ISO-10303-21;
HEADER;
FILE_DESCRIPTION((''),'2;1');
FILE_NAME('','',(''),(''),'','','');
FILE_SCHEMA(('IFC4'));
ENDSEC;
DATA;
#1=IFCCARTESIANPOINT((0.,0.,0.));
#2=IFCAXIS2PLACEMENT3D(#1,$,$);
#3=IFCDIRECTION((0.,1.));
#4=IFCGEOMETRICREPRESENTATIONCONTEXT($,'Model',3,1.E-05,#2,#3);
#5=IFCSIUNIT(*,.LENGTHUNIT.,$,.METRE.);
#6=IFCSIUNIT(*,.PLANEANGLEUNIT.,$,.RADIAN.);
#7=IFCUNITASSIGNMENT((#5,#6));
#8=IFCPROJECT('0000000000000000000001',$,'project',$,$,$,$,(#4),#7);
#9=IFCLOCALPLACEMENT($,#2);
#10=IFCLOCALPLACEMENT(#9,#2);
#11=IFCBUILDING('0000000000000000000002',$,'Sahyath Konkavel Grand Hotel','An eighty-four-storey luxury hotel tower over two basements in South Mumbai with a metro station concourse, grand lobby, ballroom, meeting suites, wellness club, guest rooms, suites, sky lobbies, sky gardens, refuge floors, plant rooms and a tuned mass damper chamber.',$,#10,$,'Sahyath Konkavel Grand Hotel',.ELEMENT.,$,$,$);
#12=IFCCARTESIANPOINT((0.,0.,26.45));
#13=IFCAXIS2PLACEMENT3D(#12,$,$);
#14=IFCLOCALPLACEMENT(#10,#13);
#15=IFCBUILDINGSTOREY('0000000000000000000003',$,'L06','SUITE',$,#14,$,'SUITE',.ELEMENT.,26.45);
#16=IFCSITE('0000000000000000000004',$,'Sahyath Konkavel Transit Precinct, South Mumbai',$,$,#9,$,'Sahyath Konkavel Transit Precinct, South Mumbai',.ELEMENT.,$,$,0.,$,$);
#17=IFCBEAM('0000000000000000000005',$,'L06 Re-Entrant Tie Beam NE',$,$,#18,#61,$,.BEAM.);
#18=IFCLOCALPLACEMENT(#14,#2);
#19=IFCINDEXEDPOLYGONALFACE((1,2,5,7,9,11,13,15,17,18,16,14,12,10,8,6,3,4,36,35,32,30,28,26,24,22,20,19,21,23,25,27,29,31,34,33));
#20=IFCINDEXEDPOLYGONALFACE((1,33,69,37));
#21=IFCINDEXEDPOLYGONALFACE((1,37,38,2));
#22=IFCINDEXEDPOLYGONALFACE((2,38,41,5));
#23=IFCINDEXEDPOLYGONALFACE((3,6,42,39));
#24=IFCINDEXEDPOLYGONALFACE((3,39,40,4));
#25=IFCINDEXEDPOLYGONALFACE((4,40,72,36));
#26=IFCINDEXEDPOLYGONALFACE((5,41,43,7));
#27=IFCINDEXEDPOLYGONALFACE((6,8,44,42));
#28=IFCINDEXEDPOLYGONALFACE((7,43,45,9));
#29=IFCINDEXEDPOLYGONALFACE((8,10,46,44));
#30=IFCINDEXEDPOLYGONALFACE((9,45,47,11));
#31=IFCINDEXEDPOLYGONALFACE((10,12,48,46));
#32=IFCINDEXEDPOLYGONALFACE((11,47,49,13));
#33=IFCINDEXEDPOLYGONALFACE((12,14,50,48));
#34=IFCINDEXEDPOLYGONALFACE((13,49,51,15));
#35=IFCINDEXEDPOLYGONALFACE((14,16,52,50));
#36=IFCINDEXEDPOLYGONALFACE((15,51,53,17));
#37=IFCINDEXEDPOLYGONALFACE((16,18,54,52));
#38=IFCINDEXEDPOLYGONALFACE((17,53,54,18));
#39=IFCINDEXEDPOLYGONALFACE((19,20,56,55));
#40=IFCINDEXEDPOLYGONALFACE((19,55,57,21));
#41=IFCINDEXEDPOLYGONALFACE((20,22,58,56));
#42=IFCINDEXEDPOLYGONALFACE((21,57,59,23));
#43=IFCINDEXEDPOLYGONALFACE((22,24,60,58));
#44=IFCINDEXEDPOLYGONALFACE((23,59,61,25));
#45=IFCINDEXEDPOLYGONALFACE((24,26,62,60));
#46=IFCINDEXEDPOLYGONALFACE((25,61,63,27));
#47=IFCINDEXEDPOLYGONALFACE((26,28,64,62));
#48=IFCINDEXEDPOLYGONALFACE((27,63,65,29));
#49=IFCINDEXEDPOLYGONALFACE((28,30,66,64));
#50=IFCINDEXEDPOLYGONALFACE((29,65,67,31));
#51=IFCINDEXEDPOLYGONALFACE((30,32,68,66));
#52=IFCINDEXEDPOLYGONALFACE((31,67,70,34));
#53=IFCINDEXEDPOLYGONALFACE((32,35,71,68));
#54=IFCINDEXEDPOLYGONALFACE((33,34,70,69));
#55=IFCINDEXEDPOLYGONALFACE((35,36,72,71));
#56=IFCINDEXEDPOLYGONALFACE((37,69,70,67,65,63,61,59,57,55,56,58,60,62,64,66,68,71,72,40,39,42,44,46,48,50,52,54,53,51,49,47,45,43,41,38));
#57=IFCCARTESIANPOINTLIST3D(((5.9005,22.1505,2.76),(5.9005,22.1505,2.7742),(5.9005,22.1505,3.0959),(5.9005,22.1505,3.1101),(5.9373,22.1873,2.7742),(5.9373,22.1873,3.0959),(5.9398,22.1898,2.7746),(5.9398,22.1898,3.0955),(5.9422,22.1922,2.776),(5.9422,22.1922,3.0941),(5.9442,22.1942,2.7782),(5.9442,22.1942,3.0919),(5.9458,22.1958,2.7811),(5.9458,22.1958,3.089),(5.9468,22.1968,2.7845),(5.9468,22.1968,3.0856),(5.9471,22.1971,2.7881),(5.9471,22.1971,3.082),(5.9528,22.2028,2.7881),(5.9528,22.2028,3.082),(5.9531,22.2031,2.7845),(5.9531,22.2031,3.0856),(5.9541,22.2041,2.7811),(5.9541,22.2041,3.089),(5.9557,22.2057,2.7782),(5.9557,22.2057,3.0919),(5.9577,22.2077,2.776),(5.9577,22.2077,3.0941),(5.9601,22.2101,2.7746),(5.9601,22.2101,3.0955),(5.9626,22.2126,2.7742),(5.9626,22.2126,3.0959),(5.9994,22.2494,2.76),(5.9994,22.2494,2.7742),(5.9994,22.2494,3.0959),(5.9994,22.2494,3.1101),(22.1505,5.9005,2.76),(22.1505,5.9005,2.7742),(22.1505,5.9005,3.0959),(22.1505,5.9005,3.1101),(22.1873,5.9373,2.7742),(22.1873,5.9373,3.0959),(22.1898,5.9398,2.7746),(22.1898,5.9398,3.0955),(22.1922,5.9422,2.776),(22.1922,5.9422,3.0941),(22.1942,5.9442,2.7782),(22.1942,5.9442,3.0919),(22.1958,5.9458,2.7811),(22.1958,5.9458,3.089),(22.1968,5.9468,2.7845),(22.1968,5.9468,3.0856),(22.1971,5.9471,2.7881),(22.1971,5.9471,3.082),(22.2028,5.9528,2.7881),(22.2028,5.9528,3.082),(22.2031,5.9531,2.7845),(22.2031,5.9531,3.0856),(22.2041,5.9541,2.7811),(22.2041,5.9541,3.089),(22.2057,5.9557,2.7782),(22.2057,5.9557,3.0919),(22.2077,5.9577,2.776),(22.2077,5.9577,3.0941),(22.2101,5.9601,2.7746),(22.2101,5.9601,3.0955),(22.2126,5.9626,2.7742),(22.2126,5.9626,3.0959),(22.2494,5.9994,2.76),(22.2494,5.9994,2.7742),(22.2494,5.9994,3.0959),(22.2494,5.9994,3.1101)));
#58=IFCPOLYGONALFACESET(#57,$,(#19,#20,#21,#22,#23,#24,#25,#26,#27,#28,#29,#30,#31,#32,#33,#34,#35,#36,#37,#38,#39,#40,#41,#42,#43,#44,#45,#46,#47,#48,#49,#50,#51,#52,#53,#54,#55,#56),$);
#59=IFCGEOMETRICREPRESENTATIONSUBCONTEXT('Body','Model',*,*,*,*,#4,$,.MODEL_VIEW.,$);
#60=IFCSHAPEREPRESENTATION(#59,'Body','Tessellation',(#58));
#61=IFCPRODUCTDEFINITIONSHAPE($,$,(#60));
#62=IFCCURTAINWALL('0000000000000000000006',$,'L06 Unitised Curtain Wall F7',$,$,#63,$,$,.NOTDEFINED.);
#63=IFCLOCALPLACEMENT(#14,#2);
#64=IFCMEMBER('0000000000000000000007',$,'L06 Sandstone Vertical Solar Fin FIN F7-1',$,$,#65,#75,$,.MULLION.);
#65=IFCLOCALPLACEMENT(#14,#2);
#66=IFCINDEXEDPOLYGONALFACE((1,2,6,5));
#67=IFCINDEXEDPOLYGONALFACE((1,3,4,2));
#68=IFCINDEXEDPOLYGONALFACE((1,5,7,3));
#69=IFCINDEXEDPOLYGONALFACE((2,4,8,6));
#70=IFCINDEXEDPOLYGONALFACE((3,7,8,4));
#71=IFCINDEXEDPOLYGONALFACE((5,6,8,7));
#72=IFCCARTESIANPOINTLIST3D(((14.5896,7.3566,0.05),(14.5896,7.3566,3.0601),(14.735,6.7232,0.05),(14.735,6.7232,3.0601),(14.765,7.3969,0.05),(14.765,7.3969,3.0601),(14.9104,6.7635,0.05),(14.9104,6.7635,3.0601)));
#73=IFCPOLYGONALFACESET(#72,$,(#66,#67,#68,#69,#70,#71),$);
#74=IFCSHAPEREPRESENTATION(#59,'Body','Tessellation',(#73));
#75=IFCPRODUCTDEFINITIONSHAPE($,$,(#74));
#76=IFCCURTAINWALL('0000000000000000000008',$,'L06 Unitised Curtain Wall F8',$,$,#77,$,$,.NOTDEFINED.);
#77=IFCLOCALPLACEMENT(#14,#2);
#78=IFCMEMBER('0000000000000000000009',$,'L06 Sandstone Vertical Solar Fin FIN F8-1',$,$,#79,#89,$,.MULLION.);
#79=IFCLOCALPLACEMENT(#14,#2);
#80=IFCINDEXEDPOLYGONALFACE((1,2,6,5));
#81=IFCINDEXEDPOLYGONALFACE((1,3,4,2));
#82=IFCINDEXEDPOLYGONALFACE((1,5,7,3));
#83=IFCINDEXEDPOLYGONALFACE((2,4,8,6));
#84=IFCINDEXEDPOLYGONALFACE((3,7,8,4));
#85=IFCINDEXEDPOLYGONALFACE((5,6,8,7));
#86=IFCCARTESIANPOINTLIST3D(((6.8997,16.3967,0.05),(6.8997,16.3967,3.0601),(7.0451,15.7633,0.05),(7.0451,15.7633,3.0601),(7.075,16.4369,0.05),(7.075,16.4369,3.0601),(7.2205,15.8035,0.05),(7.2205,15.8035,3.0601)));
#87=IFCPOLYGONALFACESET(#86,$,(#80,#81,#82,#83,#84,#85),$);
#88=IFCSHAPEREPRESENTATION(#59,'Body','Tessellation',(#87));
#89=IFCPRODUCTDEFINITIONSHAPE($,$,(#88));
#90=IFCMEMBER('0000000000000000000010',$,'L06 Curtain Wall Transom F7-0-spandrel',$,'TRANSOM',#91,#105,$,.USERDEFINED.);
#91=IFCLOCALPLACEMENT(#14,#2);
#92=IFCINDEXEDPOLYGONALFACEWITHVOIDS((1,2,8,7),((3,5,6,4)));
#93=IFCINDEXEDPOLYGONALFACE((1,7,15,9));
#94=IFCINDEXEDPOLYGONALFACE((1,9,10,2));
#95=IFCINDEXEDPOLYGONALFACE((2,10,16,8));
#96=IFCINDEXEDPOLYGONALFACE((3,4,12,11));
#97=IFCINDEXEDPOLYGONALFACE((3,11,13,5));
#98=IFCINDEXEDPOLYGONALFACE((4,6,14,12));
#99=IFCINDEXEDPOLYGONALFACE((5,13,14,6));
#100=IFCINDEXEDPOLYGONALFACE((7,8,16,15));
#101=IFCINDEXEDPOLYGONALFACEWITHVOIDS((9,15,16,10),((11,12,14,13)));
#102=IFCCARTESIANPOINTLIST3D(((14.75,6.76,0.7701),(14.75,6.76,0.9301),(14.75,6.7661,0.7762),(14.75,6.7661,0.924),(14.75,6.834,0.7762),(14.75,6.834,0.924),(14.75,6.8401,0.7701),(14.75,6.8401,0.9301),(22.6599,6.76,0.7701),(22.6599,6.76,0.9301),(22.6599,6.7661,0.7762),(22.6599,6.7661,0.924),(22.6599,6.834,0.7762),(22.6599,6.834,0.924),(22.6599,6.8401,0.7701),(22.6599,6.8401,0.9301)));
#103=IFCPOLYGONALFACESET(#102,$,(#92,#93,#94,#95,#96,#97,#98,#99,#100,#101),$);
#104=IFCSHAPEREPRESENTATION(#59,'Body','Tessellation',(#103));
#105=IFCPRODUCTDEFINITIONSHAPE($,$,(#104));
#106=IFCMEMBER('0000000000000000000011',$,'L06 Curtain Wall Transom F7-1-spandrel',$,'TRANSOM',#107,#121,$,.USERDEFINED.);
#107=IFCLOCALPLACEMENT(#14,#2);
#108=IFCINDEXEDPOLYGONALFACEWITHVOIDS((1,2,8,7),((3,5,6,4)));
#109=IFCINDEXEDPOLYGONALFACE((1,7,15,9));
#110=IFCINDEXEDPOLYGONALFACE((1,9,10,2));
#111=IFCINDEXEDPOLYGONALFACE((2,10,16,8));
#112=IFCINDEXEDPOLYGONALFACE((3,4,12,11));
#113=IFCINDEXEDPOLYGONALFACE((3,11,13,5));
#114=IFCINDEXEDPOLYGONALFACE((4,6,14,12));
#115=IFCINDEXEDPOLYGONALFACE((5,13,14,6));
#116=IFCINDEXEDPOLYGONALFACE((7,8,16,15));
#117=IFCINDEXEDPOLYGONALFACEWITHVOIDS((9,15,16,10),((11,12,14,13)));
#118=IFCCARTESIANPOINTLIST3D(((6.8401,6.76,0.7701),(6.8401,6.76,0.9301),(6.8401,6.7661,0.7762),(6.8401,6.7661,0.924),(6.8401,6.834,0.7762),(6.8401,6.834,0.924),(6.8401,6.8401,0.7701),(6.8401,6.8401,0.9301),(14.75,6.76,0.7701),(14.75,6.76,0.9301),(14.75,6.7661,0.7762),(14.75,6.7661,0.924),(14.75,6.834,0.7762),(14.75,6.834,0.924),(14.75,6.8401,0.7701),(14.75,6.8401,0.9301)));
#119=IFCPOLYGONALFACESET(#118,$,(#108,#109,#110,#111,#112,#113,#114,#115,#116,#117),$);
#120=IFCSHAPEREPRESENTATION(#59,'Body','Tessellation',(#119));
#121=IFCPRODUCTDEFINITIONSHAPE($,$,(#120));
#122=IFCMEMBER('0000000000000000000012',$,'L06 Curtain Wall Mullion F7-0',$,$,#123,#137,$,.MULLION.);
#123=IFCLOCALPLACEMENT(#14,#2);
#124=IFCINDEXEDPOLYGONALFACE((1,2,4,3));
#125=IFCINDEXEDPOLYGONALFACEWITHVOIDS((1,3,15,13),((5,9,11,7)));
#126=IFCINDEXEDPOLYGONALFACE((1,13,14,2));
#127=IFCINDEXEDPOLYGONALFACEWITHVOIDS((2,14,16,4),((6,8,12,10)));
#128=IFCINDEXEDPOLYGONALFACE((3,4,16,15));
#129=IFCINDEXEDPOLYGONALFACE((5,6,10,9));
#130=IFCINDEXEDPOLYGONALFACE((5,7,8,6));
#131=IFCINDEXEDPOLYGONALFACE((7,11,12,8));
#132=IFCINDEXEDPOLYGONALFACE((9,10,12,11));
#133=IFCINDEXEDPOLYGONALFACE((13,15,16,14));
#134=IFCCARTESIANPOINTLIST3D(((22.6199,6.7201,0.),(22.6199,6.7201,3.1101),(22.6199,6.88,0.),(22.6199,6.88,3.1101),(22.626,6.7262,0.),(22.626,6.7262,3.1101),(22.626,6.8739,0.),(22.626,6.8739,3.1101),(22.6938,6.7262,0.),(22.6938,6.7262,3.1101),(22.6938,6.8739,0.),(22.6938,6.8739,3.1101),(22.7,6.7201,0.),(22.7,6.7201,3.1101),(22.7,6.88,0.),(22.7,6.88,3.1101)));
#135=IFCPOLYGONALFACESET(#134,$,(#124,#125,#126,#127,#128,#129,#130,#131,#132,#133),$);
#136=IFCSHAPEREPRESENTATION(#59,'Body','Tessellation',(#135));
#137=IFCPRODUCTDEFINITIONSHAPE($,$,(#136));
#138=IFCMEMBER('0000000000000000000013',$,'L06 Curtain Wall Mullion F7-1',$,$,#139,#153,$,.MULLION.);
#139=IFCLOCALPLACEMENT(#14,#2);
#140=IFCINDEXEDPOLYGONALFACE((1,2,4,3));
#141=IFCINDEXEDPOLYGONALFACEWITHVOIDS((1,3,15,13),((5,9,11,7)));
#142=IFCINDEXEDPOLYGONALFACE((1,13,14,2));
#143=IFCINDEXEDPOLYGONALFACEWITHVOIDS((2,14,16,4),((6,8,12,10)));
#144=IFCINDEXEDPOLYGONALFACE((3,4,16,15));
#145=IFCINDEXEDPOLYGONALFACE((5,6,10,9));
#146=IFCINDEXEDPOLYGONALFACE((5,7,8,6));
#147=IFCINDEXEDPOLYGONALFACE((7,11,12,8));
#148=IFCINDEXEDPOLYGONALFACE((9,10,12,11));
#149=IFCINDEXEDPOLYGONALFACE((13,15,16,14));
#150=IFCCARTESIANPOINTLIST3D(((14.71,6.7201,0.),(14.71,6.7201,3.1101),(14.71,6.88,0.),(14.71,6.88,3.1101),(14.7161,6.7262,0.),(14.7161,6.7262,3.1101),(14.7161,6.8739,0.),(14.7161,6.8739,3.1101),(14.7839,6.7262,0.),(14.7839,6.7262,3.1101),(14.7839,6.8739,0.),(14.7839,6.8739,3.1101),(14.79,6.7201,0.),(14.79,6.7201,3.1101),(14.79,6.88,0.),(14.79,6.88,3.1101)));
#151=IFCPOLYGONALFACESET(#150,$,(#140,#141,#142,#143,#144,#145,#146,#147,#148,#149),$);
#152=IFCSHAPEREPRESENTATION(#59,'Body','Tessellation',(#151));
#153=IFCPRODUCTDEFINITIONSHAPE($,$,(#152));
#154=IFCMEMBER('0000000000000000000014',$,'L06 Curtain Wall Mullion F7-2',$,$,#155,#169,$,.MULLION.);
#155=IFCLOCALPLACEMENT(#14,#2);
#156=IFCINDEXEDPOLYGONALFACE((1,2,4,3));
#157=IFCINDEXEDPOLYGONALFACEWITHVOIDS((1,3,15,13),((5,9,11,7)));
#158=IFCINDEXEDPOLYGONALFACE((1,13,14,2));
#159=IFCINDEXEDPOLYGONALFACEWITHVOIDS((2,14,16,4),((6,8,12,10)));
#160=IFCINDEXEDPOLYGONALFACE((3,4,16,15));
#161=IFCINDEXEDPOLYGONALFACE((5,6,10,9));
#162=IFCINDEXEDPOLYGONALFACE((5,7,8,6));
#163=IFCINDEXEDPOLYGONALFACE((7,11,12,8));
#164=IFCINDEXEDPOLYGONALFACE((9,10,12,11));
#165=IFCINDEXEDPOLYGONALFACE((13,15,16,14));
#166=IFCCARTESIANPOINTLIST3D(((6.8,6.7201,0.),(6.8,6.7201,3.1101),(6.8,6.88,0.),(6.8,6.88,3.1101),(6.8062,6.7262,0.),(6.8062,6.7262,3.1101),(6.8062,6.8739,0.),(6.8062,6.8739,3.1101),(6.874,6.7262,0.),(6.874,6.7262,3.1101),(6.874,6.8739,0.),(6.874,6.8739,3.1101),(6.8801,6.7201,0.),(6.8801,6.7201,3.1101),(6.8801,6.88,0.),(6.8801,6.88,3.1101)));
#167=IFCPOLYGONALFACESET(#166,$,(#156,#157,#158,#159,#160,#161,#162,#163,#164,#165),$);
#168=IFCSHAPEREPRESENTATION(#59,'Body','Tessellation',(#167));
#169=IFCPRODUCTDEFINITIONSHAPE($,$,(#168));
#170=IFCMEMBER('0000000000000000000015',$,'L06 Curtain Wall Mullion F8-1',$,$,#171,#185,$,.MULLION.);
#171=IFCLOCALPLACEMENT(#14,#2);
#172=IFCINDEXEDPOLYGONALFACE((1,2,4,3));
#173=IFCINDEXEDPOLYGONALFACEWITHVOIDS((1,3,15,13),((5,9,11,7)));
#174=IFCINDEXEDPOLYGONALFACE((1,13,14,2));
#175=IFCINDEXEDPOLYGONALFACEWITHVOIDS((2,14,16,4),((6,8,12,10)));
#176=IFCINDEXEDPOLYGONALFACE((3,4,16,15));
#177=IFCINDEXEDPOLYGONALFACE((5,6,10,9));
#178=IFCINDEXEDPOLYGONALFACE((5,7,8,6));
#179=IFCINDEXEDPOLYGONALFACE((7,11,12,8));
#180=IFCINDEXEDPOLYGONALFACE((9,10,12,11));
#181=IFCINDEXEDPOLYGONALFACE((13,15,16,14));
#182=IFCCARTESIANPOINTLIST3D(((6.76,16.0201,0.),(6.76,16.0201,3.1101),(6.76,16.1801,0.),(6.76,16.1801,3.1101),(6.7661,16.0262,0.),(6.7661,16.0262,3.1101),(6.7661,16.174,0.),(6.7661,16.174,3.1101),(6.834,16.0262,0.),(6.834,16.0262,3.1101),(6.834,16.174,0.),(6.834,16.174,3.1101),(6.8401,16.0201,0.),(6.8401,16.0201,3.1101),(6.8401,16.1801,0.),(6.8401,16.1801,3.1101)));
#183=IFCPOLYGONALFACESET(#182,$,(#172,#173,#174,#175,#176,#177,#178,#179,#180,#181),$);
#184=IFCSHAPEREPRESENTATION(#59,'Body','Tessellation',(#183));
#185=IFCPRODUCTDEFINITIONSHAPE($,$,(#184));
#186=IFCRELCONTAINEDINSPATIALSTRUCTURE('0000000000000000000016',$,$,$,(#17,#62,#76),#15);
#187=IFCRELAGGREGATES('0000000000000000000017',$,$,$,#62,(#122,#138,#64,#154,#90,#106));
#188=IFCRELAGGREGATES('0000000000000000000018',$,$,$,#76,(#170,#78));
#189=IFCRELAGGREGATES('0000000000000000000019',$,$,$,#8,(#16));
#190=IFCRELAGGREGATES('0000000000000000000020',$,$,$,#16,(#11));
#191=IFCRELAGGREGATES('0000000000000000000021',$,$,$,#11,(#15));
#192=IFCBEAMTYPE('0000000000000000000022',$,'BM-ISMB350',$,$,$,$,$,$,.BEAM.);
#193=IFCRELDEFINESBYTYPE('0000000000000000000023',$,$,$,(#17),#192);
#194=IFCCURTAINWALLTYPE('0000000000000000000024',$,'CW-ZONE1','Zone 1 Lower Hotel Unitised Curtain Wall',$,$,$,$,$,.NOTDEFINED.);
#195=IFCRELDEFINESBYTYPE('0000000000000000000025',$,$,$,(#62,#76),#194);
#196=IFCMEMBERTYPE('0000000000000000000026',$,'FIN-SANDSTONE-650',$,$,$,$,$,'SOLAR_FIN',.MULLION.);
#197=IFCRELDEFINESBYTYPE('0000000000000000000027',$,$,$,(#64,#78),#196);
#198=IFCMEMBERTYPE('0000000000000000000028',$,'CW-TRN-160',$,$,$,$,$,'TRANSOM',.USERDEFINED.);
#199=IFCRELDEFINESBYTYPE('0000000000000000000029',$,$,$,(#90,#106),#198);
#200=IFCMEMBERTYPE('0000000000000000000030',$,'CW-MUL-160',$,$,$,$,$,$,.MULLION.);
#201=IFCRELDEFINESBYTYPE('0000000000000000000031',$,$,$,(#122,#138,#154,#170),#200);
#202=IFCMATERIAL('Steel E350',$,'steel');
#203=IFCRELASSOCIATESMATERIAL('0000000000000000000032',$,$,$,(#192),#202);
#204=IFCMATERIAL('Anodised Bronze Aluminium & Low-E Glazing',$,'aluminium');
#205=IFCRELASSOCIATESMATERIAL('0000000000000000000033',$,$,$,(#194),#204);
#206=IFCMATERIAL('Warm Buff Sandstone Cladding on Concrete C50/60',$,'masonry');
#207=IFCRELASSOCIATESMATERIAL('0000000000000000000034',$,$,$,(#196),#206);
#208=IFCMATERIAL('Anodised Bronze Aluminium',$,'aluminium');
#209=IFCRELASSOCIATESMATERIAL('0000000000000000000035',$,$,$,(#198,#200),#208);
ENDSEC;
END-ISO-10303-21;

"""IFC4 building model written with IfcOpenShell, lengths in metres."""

from ifc_helpers import new_model, si_unit, direction, frame, origin, origin_2d, place, context, subcontext, project, spatial, rectangle, hollow_rectangle, i_section, extrude, source, transform, mapped, material, material_profile, profile_set, type_object, element, aggregate, save


model = new_model("IFC4")

# Units and contexts
model_context = context("Model", 3, precision=1e-05, world=origin(), true_north=direction((0.0, 1.0)))
body_context = subcontext(model_context, "Body", "Model", "MODEL_VIEW")
ifc_project = project(units=[si_unit("LENGTHUNIT", "METRE"), si_unit("PLANEANGLEUNIT", "RADIAN")], contexts=[model_context])

# Site, building, storey
site_placement = place(None, origin())
site = spatial("IfcSite", under=ifc_project, at=site_placement, Name="Sahyath Konkavel Transit Precinct, South Mumbai", LongName="Sahyath Konkavel Transit Precinct, South Mumbai", CompositionType="ELEMENT", RefElevation=0.0)
building_placement = place(site_placement, origin())
building = spatial("IfcBuilding", under=site, at=building_placement, Name="Sahyath Konkavel Grand Hotel", Description="An eighty-four-storey luxury hotel tower over two basements in South Mumbai with a metro station concourse, grand lobby, ballroom, meeting suites, wellness club, guest rooms, suites, sky lobbies, sky gardens, refuge floors, plant rooms and a tuned mass damper chamber.", LongName="Sahyath Konkavel Grand Hotel", CompositionType="ELEMENT")
storey_placement = place(building_placement, frame((0.0, 0.0, 26.45)))
storey = spatial("IfcBuildingStorey", under=building, at=storey_placement, Name="L06", Description="SUITE", LongName="SUITE", CompositionType="ELEMENT", Elevation=26.45)

# Beam
ifc_material_1 = material(Name="Steel E350", Category="steel")
ifc_material_profile_1 = material_profile(ifc_material_1, i_section(OverallWidth=0.1399, OverallDepth=0.3501, WebThickness=0.0081, FlangeThickness=0.0142, FilletRadius=0.0139, at=origin_2d()), Name="ISMB 350")
ifc_profile_set_1 = profile_set([ifc_material_profile_1], Name="Steel E350")
beam_type = type_object("IfcBeamType", Name="BM-ISMB350", PredefinedType="BEAM", material=ifc_profile_set_1)
shared_shape_1 = source(origin(), body_context, "Body", "SweptSolid", [
    extrude(i_section(OverallWidth=0.1399, OverallDepth=0.3501, WebThickness=0.0081, FlangeThickness=0.0142, FilletRadius=0.0139, at=origin_2d()), origin(), (0.0, 0.0, 1.0), 22.981),
])
beam_placement = place(storey_placement, frame((22.2, 5.95, 2.9351), z_axis=(-0.707107, 0.707107, 0.0), x_axis=(-0.707107, -0.707107, 0.0)))
element("IfcBeam", 1, at=beam_placement, inside=storey, type_object=beam_type, Name="L06 Re-Entrant Tie Beam NE", PredefinedType="BEAM", context=body_context, shape_type="MappedRepresentation", body=[
    mapped(shared_shape_1, transform((0.0, 0.0, 0.0), scale=1.0)),
])

# Curtain walls, members
ifc_material_2 = material(Name="Anodised Bronze Aluminium & Low-E Glazing", Category="aluminium")
curtain_wall_type = type_object("IfcCurtainWallType", Name="CW-ZONE1", Description="Zone 1 Lower Hotel Unitised Curtain Wall", PredefinedType="NOTDEFINED", material=ifc_material_2)
curtain_wall_1_placement = place(storey_placement, origin())
curtain_wall_1 = element("IfcCurtainWall", 2, at=curtain_wall_1_placement, inside=storey, type_object=curtain_wall_type, Name="L06 Unitised Curtain Wall F7", PredefinedType="NOTDEFINED")
ifc_material_3 = material(Name="Warm Buff Sandstone Cladding on Concrete C50/60", Category="masonry")
ifc_material_profile_2 = material_profile(ifc_material_3, rectangle(XDim=0.1799, YDim=0.6499, at=origin_2d()), Name="FIN 180x650")
ifc_profile_set_2 = profile_set([ifc_material_profile_2], Name="Warm Buff Sandstone Cladding on Concrete C50/60")
member_type_1 = type_object("IfcMemberType", Name="FIN-SANDSTONE-650", ElementType="SOLAR_FIN", PredefinedType="MULLION", material=ifc_profile_set_2)
shared_shape_2 = source(origin(), body_context, "Body", "SweptSolid", [
    extrude(rectangle(XDim=0.1799, YDim=0.6499, at=origin_2d()), origin(), (0.0, 0.0, 1.0), 3.01),
])
member_1_placement = place(storey_placement, frame((14.75, 7.0601, 0.05), z_axis=(0.0, 0.0, 1.0), x_axis=(0.974644, 0.22376, 0.0)))
member_1 = element("IfcMember", 3, at=member_1_placement, type_object=member_type_1, Name="L06 Sandstone Vertical Solar Fin FIN F7-1", PredefinedType="MULLION", context=body_context, shape_type="MappedRepresentation", body=[
    mapped(shared_shape_2, transform((0.0, 0.0, 0.0), scale=1.0)),
])
curtain_wall_2_placement = place(storey_placement, origin())
curtain_wall_2 = element("IfcCurtainWall", 4, at=curtain_wall_2_placement, inside=storey, type_object=curtain_wall_type, Name="L06 Unitised Curtain Wall F8", PredefinedType="NOTDEFINED")
member_2_placement = place(storey_placement, frame((7.0601, 16.1001, 0.05), z_axis=(0.0, 0.0, 1.0), x_axis=(0.974644, 0.22376, 0.0)))
member_2 = element("IfcMember", 5, at=member_2_placement, type_object=member_type_1, Name="L06 Sandstone Vertical Solar Fin FIN F8-1", PredefinedType="MULLION", context=body_context, shape_type="MappedRepresentation", body=[
    mapped(shared_shape_2, transform((0.0, 0.0, 0.0), scale=1.0)),
])

# Members
ifc_material_4 = material(Name="Anodised Bronze Aluminium", Category="aluminium")
ifc_material_profile_3 = material_profile(ifc_material_4, hollow_rectangle(XDim=0.0801, YDim=0.1599, WallThickness=0.0061, at=origin_2d()), Name="RHS 160x80x6")
ifc_profile_set_3 = profile_set([ifc_material_profile_3], Name="Anodised Bronze Aluminium")
member_type_2 = type_object("IfcMemberType", Name="CW-TRN-160", ElementType="TRANSOM", PredefinedType="USERDEFINED", material=ifc_profile_set_3)
shared_shape_3 = source(origin(), body_context, "Body", "SweptSolid", [
    extrude(hollow_rectangle(XDim=0.0801, YDim=0.1599, WallThickness=0.0061, at=origin_2d()), origin(), (0.0, 0.0, 1.0), 7.9099),
])
member_3_placement = place(storey_placement, frame((22.6599, 6.8, 0.8501), z_axis=(-1.0, 0.0, 0.0), x_axis=(0.0, -1.0, 0.0)))
member_3 = element("IfcMember", 6, at=member_3_placement, type_object=member_type_2, Name="L06 Curtain Wall Transom F7-0-spandrel", ObjectType="TRANSOM", PredefinedType="USERDEFINED", context=body_context, shape_type="MappedRepresentation", body=[
    mapped(shared_shape_3, transform((0.0, 0.0, 0.0), scale=1.0)),
])
member_4_placement = place(storey_placement, frame((14.75, 6.8, 0.8501), z_axis=(-1.0, 0.0, 0.0), x_axis=(0.0, -1.0, 0.0)))
member_4 = element("IfcMember", 7, at=member_4_placement, type_object=member_type_2, Name="L06 Curtain Wall Transom F7-1-spandrel", ObjectType="TRANSOM", PredefinedType="USERDEFINED", context=body_context, shape_type="MappedRepresentation", body=[
    mapped(shared_shape_3, transform((0.0, 0.0, 0.0), scale=1.0)),
])
ifc_material_profile_4 = material_profile(ifc_material_4, hollow_rectangle(XDim=0.0801, YDim=0.1599, WallThickness=0.0061, at=origin_2d()), Name="RHS 160x80x6")
ifc_profile_set_4 = profile_set([ifc_material_profile_4], Name="Anodised Bronze Aluminium")
member_type_3 = type_object("IfcMemberType", Name="CW-MUL-160", PredefinedType="MULLION", material=ifc_profile_set_4)
shared_shape_4 = source(origin(), body_context, "Body", "SweptSolid", [
    extrude(hollow_rectangle(XDim=0.0801, YDim=0.1599, WallThickness=0.0061, at=origin_2d()), origin(), (0.0, 0.0, 1.0), 3.1101),
])
member_5_placement = place(storey_placement, frame((22.6599, 6.8, 0.0), z_axis=(0.0, 0.0, 1.0), x_axis=(1.0, 0.0, 0.0)))
member_5 = element("IfcMember", 8, at=member_5_placement, type_object=member_type_3, Name="L06 Curtain Wall Mullion F7-0", PredefinedType="MULLION", context=body_context, shape_type="MappedRepresentation", body=[
    mapped(shared_shape_4, transform((0.0, 0.0, 0.0), scale=1.0)),
])
member_6_placement = place(storey_placement, frame((14.75, 6.8, 0.0), z_axis=(0.0, 0.0, 1.0), x_axis=(1.0, 0.0, 0.0)))
member_6 = element("IfcMember", 9, at=member_6_placement, type_object=member_type_3, Name="L06 Curtain Wall Mullion F7-1", PredefinedType="MULLION", context=body_context, shape_type="MappedRepresentation", body=[
    mapped(shared_shape_4, transform((0.0, 0.0, 0.0), scale=1.0)),
])
member_7_placement = place(storey_placement, frame((6.8401, 6.8, 0.0), z_axis=(0.0, 0.0, 1.0), x_axis=(1.0, 0.0, 0.0)))
member_7 = element("IfcMember", 10, at=member_7_placement, type_object=member_type_3, Name="L06 Curtain Wall Mullion F7-2", PredefinedType="MULLION", context=body_context, shape_type="MappedRepresentation", body=[
    mapped(shared_shape_4, transform((0.0, 0.0, 0.0), scale=1.0)),
])
member_8_placement = place(storey_placement, frame((6.8, 16.1001, 0.0), z_axis=(0.0, 0.0, 1.0), x_axis=(1.0, 0.0, 0.0)))
member_8 = element("IfcMember", 11, at=member_8_placement, type_object=member_type_3, Name="L06 Curtain Wall Mullion F8-1", PredefinedType="MULLION", context=body_context, shape_type="MappedRepresentation", body=[
    mapped(shared_shape_4, transform((0.0, 0.0, 0.0), scale=1.0)),
])

aggregate(curtain_wall_1, [member_5, member_6, member_1, member_7, member_3, member_4])
aggregate(curtain_wall_2, [member_8, member_2])

save(model, "model.ifc")
